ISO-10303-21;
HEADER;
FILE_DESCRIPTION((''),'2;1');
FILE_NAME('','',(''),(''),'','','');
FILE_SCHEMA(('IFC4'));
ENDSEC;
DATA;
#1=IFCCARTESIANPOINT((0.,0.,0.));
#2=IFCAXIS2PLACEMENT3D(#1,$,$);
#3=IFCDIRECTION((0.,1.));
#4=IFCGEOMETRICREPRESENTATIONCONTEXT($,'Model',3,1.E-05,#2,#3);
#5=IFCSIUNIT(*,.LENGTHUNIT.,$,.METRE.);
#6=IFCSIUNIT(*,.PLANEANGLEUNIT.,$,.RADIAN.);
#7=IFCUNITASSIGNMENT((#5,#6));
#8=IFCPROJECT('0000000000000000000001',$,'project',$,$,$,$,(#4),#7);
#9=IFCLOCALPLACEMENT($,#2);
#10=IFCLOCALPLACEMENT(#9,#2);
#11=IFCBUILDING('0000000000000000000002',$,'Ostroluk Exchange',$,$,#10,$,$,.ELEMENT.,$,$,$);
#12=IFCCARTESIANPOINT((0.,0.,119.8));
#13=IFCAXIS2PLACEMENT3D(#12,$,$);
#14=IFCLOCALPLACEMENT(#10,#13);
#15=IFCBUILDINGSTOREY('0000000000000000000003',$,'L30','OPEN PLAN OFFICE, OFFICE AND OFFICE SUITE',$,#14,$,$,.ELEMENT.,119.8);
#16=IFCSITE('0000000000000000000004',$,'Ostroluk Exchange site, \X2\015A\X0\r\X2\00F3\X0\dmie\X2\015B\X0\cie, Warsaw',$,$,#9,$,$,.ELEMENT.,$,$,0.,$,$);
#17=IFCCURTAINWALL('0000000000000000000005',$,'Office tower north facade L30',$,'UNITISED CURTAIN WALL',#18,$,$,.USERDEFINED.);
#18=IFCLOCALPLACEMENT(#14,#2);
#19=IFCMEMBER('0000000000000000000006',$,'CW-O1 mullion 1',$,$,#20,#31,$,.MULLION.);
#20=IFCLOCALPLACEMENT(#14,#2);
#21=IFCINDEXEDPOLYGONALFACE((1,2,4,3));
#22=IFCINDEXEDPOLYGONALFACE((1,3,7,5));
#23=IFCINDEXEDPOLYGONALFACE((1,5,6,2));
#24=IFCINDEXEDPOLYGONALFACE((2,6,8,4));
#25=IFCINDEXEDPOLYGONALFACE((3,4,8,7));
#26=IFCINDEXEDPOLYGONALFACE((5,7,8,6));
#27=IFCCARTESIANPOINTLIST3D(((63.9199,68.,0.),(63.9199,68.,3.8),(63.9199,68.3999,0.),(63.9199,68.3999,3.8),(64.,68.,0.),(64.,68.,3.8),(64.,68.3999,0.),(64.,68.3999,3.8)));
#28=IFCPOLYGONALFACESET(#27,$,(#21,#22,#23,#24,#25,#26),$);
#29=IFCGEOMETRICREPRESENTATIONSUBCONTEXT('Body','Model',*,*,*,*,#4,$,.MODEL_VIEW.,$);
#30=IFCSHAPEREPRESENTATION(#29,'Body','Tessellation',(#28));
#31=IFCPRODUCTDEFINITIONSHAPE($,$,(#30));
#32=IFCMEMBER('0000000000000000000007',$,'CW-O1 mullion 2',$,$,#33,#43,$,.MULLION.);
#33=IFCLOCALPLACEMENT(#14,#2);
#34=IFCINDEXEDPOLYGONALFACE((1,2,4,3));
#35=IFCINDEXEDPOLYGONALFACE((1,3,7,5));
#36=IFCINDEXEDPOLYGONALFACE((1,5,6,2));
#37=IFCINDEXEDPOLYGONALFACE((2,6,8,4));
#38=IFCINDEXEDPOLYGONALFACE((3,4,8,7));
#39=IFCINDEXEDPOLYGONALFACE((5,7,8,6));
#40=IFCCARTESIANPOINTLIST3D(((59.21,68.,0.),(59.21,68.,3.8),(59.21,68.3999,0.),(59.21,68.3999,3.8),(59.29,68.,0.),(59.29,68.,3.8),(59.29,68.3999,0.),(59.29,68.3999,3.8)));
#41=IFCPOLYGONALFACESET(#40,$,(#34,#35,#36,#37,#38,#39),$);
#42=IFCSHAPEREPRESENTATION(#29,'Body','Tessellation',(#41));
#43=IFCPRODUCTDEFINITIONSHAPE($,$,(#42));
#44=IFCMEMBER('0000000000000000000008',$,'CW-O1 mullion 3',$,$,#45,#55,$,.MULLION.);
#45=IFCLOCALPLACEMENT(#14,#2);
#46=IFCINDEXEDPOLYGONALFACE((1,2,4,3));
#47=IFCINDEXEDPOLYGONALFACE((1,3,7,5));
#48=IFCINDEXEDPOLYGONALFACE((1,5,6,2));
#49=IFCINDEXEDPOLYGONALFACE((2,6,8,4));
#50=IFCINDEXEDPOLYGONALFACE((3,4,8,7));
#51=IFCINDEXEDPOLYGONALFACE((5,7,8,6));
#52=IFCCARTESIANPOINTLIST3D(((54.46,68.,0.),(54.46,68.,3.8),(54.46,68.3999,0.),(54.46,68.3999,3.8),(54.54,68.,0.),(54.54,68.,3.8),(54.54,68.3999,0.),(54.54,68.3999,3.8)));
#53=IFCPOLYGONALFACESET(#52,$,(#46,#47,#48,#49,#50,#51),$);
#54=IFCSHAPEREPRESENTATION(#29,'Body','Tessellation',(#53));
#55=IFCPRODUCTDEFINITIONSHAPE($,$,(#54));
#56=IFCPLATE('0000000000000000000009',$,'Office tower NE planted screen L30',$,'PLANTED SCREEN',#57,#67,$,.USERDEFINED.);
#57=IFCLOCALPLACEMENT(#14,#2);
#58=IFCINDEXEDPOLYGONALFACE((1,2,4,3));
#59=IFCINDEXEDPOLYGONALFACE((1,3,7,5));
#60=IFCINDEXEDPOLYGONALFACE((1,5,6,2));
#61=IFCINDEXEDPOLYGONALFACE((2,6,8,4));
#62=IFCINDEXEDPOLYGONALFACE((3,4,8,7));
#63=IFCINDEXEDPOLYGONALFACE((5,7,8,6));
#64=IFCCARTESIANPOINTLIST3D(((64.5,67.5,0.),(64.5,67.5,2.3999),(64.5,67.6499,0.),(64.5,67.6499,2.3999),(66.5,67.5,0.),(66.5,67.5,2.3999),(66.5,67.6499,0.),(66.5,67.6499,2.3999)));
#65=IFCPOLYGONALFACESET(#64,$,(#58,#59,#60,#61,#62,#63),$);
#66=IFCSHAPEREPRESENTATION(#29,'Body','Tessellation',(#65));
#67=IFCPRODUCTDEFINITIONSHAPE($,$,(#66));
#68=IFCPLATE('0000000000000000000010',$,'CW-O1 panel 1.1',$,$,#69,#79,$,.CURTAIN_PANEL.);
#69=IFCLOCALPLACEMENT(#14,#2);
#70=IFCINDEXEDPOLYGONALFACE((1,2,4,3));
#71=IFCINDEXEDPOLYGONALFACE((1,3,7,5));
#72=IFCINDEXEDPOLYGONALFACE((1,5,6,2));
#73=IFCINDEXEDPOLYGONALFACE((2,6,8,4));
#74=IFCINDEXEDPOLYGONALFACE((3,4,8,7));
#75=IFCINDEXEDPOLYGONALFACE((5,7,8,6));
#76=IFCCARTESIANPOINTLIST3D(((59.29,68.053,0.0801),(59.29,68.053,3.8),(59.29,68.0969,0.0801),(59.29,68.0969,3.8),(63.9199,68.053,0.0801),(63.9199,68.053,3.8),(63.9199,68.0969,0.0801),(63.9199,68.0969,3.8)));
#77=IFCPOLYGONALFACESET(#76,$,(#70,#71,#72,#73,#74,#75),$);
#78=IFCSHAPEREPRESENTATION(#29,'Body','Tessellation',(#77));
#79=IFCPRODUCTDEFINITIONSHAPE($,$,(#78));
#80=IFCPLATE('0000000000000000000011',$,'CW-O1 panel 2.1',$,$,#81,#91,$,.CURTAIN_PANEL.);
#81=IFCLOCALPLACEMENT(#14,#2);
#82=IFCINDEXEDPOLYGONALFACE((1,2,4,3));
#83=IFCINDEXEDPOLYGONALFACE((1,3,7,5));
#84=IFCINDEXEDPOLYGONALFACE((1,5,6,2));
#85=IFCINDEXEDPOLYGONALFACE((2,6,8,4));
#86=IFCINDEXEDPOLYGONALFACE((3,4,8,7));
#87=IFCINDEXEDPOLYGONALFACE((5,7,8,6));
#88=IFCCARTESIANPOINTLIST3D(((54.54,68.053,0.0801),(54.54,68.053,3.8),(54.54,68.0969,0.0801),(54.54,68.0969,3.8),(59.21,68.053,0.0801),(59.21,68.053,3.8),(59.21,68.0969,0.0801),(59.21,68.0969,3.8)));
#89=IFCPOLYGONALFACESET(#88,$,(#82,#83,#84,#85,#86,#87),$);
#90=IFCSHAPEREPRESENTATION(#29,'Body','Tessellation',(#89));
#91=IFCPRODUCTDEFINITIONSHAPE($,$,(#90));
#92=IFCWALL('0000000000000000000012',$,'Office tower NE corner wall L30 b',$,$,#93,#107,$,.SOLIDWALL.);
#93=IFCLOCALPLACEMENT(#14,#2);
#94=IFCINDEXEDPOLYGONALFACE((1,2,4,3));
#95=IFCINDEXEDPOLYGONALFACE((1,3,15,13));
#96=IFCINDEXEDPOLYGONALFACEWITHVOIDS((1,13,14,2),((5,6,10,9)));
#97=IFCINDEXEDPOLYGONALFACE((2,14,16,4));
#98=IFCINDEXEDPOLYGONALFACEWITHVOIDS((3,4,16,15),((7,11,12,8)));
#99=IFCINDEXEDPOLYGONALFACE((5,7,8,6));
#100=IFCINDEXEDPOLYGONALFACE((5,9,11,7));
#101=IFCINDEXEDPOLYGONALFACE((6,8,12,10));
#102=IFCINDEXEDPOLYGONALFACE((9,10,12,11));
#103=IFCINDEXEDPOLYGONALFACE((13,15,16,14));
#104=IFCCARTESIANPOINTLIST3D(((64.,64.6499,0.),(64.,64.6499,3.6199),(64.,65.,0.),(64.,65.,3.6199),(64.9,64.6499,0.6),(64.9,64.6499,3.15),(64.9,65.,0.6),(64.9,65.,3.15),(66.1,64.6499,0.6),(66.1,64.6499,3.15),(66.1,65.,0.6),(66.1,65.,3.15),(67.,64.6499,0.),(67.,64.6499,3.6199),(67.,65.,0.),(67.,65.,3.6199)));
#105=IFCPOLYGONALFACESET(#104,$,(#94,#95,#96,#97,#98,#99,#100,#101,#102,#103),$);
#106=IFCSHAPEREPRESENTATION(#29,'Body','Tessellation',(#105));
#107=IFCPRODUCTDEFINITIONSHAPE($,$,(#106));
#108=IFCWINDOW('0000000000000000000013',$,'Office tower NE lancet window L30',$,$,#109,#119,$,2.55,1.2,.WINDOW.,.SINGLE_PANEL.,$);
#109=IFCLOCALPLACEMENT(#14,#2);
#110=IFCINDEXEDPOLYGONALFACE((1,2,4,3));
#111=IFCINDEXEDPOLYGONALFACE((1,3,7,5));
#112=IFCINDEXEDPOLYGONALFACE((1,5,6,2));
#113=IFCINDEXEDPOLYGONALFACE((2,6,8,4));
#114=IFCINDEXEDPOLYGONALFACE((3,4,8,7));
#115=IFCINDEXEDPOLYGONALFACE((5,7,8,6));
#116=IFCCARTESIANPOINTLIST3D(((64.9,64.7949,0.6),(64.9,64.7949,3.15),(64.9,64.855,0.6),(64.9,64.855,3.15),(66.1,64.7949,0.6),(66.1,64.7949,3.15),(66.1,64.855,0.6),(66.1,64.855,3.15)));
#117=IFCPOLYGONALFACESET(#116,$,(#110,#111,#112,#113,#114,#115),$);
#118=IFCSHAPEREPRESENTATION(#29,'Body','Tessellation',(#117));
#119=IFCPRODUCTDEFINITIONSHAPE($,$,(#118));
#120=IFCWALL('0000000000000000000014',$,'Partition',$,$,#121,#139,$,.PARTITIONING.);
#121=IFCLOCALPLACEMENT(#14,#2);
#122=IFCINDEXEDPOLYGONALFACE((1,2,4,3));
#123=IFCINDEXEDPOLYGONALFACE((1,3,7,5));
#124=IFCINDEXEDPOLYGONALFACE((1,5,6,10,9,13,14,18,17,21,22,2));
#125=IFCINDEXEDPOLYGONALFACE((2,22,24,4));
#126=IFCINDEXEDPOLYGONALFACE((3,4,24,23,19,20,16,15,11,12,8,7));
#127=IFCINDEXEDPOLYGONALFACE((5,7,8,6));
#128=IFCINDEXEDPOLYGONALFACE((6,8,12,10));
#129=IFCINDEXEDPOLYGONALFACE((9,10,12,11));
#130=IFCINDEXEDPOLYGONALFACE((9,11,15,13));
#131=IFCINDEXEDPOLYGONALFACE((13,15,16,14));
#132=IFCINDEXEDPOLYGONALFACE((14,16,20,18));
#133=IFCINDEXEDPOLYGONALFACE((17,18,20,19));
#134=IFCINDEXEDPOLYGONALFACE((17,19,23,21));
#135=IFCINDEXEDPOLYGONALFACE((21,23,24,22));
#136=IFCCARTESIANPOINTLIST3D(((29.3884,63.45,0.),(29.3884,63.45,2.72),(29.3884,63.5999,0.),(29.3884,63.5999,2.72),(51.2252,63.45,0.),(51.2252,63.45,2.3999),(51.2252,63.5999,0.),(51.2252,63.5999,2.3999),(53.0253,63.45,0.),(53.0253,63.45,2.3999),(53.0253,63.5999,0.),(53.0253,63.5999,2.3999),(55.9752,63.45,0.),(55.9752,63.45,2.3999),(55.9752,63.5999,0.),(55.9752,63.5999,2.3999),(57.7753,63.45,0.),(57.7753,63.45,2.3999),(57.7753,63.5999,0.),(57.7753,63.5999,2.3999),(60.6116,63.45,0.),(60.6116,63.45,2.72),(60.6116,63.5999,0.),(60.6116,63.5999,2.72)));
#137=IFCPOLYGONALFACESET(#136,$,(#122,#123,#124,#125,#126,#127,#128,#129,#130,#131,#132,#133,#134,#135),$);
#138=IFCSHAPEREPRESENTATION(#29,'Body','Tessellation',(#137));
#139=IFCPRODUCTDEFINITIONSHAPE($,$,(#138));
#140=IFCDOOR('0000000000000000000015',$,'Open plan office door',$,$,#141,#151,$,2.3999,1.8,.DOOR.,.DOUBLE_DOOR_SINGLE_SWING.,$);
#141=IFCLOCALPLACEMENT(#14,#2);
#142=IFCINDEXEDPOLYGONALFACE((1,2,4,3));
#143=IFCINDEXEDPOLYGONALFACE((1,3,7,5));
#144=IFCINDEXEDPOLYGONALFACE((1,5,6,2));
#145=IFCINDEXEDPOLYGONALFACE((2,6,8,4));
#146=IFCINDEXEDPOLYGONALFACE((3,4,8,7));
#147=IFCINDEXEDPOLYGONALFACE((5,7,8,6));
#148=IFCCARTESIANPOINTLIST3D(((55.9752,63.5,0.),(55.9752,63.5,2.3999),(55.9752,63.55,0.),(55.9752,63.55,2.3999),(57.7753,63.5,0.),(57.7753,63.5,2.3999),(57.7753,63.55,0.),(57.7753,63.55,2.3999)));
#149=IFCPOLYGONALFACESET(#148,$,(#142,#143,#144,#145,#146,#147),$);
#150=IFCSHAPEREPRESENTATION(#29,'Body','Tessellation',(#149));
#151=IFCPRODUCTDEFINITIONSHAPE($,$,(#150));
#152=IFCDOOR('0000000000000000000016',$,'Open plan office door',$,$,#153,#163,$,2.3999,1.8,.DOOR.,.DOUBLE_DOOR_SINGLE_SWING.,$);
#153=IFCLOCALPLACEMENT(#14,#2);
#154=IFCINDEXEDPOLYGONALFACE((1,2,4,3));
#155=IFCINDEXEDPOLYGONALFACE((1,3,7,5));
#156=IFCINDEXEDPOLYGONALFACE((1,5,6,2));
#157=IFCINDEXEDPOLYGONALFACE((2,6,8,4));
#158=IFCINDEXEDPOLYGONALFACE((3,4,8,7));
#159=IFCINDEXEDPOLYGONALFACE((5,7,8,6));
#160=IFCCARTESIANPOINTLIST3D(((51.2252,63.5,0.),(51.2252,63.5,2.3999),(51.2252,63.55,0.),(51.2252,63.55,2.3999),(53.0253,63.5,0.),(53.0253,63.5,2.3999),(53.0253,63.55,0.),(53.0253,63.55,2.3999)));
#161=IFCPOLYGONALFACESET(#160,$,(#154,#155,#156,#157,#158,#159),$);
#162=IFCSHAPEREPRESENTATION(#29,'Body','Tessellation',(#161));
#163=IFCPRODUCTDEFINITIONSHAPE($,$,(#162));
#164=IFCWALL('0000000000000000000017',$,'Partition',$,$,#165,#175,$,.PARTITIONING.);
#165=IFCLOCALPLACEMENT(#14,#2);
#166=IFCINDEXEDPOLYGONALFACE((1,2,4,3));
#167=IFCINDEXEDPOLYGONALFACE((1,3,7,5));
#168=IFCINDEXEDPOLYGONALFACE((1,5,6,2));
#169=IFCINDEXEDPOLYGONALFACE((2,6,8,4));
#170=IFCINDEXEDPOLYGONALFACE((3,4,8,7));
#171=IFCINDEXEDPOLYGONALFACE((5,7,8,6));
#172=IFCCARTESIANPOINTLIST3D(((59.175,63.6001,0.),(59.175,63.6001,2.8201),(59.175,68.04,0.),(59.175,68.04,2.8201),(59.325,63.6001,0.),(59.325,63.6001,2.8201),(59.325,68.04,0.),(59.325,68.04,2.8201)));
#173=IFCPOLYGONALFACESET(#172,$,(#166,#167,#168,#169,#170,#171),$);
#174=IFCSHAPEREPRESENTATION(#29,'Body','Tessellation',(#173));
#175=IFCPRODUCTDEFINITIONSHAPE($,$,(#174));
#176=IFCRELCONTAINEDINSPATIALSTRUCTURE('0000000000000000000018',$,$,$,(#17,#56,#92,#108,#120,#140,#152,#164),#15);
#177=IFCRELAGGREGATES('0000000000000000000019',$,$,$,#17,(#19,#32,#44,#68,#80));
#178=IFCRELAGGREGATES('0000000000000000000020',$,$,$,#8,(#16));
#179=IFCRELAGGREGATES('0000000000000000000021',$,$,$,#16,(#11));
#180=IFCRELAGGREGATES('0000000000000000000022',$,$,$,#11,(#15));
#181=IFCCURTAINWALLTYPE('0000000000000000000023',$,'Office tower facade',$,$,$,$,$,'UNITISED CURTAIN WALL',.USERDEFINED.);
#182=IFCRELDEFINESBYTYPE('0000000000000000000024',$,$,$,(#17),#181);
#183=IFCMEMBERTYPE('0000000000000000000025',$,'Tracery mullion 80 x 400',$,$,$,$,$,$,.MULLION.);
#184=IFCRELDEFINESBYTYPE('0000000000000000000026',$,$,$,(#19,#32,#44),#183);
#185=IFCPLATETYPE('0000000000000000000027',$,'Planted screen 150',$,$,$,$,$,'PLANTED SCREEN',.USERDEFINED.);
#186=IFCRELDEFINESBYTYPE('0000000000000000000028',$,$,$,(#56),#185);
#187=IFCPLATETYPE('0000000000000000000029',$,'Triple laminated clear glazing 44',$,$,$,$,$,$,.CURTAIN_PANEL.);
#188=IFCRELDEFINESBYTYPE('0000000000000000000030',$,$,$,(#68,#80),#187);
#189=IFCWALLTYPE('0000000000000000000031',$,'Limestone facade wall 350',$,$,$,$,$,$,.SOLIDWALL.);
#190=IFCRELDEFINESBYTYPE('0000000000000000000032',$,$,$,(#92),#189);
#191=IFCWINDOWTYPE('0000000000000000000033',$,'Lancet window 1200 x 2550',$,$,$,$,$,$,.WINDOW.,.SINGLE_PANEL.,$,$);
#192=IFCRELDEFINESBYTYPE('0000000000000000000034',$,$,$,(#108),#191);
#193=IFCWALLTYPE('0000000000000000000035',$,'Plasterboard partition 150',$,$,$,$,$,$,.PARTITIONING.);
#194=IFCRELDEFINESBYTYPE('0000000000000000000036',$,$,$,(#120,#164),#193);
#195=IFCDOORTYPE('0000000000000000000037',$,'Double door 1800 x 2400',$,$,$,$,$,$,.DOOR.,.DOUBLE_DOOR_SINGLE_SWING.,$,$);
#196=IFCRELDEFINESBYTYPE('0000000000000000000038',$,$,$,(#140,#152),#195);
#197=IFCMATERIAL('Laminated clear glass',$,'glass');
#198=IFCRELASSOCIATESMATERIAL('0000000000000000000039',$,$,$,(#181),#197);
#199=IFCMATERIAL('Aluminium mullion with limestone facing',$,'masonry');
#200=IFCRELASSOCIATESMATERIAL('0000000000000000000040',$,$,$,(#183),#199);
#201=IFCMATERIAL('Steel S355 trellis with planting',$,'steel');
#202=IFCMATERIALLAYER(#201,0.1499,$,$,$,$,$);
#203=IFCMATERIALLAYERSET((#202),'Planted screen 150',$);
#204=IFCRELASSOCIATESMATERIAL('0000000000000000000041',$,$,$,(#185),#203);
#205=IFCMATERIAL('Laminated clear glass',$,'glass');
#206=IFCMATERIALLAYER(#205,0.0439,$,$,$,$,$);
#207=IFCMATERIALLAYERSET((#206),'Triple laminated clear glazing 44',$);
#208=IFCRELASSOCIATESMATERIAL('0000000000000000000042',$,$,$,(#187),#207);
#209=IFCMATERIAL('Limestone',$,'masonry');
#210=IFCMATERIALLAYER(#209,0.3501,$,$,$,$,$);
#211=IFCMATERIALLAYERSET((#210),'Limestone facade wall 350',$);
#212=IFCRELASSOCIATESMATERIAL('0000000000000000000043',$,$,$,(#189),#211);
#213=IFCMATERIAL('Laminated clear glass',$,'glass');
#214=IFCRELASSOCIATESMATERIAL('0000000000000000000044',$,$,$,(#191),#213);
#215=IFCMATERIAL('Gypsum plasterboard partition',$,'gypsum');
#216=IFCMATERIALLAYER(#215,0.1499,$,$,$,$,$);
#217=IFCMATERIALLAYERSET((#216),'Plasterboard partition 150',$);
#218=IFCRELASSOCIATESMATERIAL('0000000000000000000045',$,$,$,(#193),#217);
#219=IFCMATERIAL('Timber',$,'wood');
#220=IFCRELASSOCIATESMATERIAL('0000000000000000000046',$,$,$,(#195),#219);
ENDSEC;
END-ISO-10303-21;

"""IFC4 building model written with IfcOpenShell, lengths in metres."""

from ifc_helpers import new_model, si_unit, direction, frame, frame_2d, origin, origin_2d, place, context, subcontext, project, spatial, rectangle, extrude, material, layer, layer_set, material_profile, profile_set, type_object, element, fill, aggregate, save


model = new_model("IFC4")

# Units and contexts
model_context = context("Model", 3, precision=1e-05, world=origin(), true_north=direction((0.0, 1.0)))
body_context = subcontext(model_context, "Body", "Model", "MODEL_VIEW")
ifc_project = project(units=[si_unit("LENGTHUNIT", "METRE"), si_unit("PLANEANGLEUNIT", "RADIAN")], contexts=[model_context])

# Site, building, storey
site_placement = place(None, origin())
site = spatial("IfcSite", under=ifc_project, at=site_placement, Name="Ostroluk Exchange site, Śródmieście, Warsaw", CompositionType="ELEMENT", RefElevation=0.0)
building_placement = place(site_placement, origin())
building = spatial("IfcBuilding", under=site, at=building_placement, Name="Ostroluk Exchange", CompositionType="ELEMENT")
storey_placement = place(building_placement, frame((0.0, 0.0, 119.8)))
storey = spatial("IfcBuildingStorey", under=building, at=storey_placement, Name="L30", Description="OPEN PLAN OFFICE, OFFICE AND OFFICE SUITE", CompositionType="ELEMENT", Elevation=119.8)

# Curtain wall, members
ifc_material_1 = material(Name="Laminated clear glass", Category="glass")
curtain_wall_type = type_object("IfcCurtainWallType", Name="Office tower facade", ElementType="UNITISED CURTAIN WALL", PredefinedType="USERDEFINED", material=ifc_material_1)
curtain_wall_placement = place(storey_placement, origin())
curtain_wall = element("IfcCurtainWall", 1, at=curtain_wall_placement, inside=storey, type_object=curtain_wall_type, Name="Office tower north facade L30", ObjectType="UNITISED CURTAIN WALL", PredefinedType="USERDEFINED")
ifc_material_2 = material(Name="Aluminium mullion with limestone facing", Category="masonry")
ifc_material_profile_1 = material_profile(ifc_material_2, rectangle(XDim=0.3999, YDim=0.0801, at=origin_2d()), Name="Tracery mullion 80 x 400")
ifc_profile_set_1 = profile_set([ifc_material_profile_1], Name="Aluminium mullion with limestone facing")
member_type_1 = type_object("IfcMemberType", Name="Tracery mullion 80 x 400", PredefinedType="MULLION", material=ifc_profile_set_1)
member_1_placement = place(storey_placement, frame((63.96, 68.2, 0.0), z_axis=(0.0, 0.0, 1.0), x_axis=(0.0, -1.0, 0.0)))
member_1 = element("IfcMember", 2, at=member_1_placement, type_object=member_type_1, Name="CW-O1 mullion 1", PredefinedType="MULLION", context=body_context, shape_type="SweptSolid", body=[
    extrude(rectangle(XDim=0.3999, YDim=0.0801, at=origin_2d()), origin(), (0.0, 0.0, 1.0), 3.8),
])
member_2_placement = place(storey_placement, frame((59.25, 68.2, 0.0), z_axis=(0.0, 0.0, 1.0), x_axis=(0.0, -1.0, 0.0)))
member_2 = element("IfcMember", 3, at=member_2_placement, type_object=member_type_1, Name="CW-O1 mullion 2", PredefinedType="MULLION", context=body_context, shape_type="SweptSolid", body=[
    extrude(rectangle(XDim=0.3999, YDim=0.0801, at=origin_2d()), origin(), (0.0, 0.0, 1.0), 3.8),
])
member_3_placement = place(storey_placement, frame((54.5, 68.2, 0.0), z_axis=(0.0, 0.0, 1.0), x_axis=(0.0, -1.0, 0.0)))
member_3 = element("IfcMember", 4, at=member_3_placement, type_object=member_type_1, Name="CW-O1 mullion 3", PredefinedType="MULLION", context=body_context, shape_type="SweptSolid", body=[
    extrude(rectangle(XDim=0.3999, YDim=0.0801, at=origin_2d()), origin(), (0.0, 0.0, 1.0), 3.8),
])

# Plates
ifc_material_3 = material(Name="Steel S355 trellis with planting", Category="steel")
ifc_layer_1 = layer(ifc_material_3, 0.1499)
ifc_layer_set_1 = layer_set([ifc_layer_1], Name="Planted screen 150")
plate_type_1 = type_object("IfcPlateType", Name="Planted screen 150", ElementType="PLANTED SCREEN", PredefinedType="USERDEFINED", material=ifc_layer_set_1)
plate_1_placement = place(storey_placement, frame((65.5, 67.575, 0.0), z_axis=(0.0, 0.0, 1.0), x_axis=(1.0, 0.0, 0.0)))
element("IfcPlate", 5, at=plate_1_placement, inside=storey, type_object=plate_type_1, Name="Office tower NE planted screen L30", ObjectType="PLANTED SCREEN", PredefinedType="USERDEFINED", context=body_context, shape_type="SweptSolid", body=[
    extrude(rectangle(XDim=2.0, YDim=0.1499, at=origin_2d()), origin(), (0.0, 0.0, 1.0), 2.3999),
])
ifc_material_4 = material(Name="Laminated clear glass", Category="glass")
ifc_layer_2 = layer(ifc_material_4, 0.0439)
ifc_layer_set_2 = layer_set([ifc_layer_2], Name="Triple laminated clear glazing 44")
plate_type_2 = type_object("IfcPlateType", Name="Triple laminated clear glazing 44", PredefinedType="CURTAIN_PANEL", material=ifc_layer_set_2)
plate_2_placement = place(storey_placement, frame((61.605, 68.075, 0.0801), z_axis=(0.0, 0.0, 1.0), x_axis=(-1.0, 0.0, 0.0)))
plate_2 = element("IfcPlate", 6, at=plate_2_placement, type_object=plate_type_2, Name="CW-O1 panel 1.1", PredefinedType="CURTAIN_PANEL", context=body_context, shape_type="SweptSolid", body=[
    extrude(rectangle(XDim=4.6299, YDim=0.0439, at=origin_2d()), origin(), (0.0, 0.0, 1.0), 3.72),
])
plate_3_placement = place(storey_placement, frame((56.875, 68.075, 0.0801), z_axis=(0.0, 0.0, 1.0), x_axis=(-1.0, 0.0, 0.0)))
plate_3 = element("IfcPlate", 7, at=plate_3_placement, type_object=plate_type_2, Name="CW-O1 panel 2.1", PredefinedType="CURTAIN_PANEL", context=body_context, shape_type="SweptSolid", body=[
    extrude(rectangle(XDim=4.6699, YDim=0.0439, at=origin_2d()), origin(), (0.0, 0.0, 1.0), 3.72),
])
aggregate(curtain_wall, [member_1, member_2, member_3, plate_2, plate_3])

# Shared definitions
ifc_material_5 = material(Name="Limestone", Category="masonry")
ifc_layer_3 = layer(ifc_material_5, 0.3501)
ifc_layer_set_3 = layer_set([ifc_layer_3], Name="Limestone facade wall 350")
wall_type_1 = type_object("IfcWallType", Name="Limestone facade wall 350", PredefinedType="SOLIDWALL", material=ifc_layer_set_3)

# Wall, opening, window
wall_1_placement = place(storey_placement, frame((64.0, 64.825, 0.0), z_axis=(0.0, 0.0, 1.0), x_axis=(1.0, 0.0, 0.0)))
wall_1 = element("IfcWall", 8, at=wall_1_placement, inside=storey, type_object=wall_type_1, Name="Office tower NE corner wall L30 b", PredefinedType="SOLIDWALL", context=body_context, shape_type="SweptSolid", body=[
    extrude(rectangle(XDim=3.0, YDim=0.3501, at=frame_2d((1.5, 0.0))), origin(), (0.0, 0.0, 1.0), 3.6199),
])
opening_1_placement = place(wall_1_placement, frame((0.8999, 0.0, 0.6001)))
opening_1 = element("IfcOpeningElement", 9, at=opening_1_placement, cuts=wall_1, PredefinedType="OPENING", context=body_context, shape_type="SweptSolid", body=[
    extrude(rectangle(XDim=1.2, YDim=2.55, at=frame_2d((0.6001, 1.2749))), frame((0.0, 0.1851, 0.0), z_axis=(0.0, -1.0, 0.0), x_axis=(1.0, 0.0, 0.0)), (0.0, 0.0, 1.0), 0.3701),
])
ifc_material_6 = material(Name="Laminated clear glass", Category="glass")
window_type = type_object("IfcWindowType", Name="Lancet window 1200 x 2550", PartitioningType="SINGLE_PANEL", PredefinedType="WINDOW", material=ifc_material_6)
window_placement = place(opening_1_placement, origin())
window = element("IfcWindow", 10, at=window_placement, inside=storey, type_object=window_type, Name="Office tower NE lancet window L30", OverallHeight=2.55, OverallWidth=1.2, PartitioningType="SINGLE_PANEL", PredefinedType="WINDOW", context=body_context, shape_type="SweptSolid", body=[
    extrude(rectangle(XDim=1.2, YDim=2.55, at=frame_2d((0.6001, 1.2749))), frame((0.0, 0.03, 0.0), z_axis=(0.0, -1.0, 0.0), x_axis=(1.0, 0.0, 0.0)), (0.0, 0.0, 1.0), 0.0601),
])
fill(opening_1, window)

# Wall, openings, doors
ifc_material_7 = material(Name="Gypsum plasterboard partition", Category="gypsum")
ifc_layer_4 = layer(ifc_material_7, 0.1499)
ifc_layer_set_4 = layer_set([ifc_layer_4], Name="Plasterboard partition 150")
wall_type_2 = type_object("IfcWallType", Name="Plasterboard partition 150", PredefinedType="PARTITIONING", material=ifc_layer_set_4)
wall_2_placement = place(storey_placement, frame((60.6116, 63.5249, 0.0), z_axis=(0.0, 0.0, 1.0), x_axis=(-1.0, 0.0, 0.0)))
wall_2 = element("IfcWall", 11, at=wall_2_placement, inside=storey, type_object=wall_type_2, Name="Partition", PredefinedType="PARTITIONING", context=body_context, shape_type="SweptSolid", body=[
    extrude(rectangle(XDim=31.2231, YDim=0.1499, at=frame_2d((15.6116, 0.0))), origin(), (0.0, 0.0, 1.0), 2.72),
])
opening_2_placement = place(wall_2_placement, frame((2.8364, 0.0, 0.0)))
opening_2 = element("IfcOpeningElement", 12, at=opening_2_placement, cuts=wall_2, PredefinedType="OPENING", context=body_context, shape_type="SweptSolid", body=[
    extrude(rectangle(XDim=1.8, YDim=2.3999, at=frame_2d((0.8999, 1.2))), frame((0.0, 0.085, 0.0), z_axis=(0.0, -1.0, 0.0), x_axis=(1.0, 0.0, 0.0)), (0.0, 0.0, 1.0), 0.1699),
])
opening_3_placement = place(wall_2_placement, frame((7.5864, 0.0, 0.0)))
opening_3 = element("IfcOpeningElement", 13, at=opening_3_placement, cuts=wall_2, PredefinedType="OPENING", context=body_context, shape_type="SweptSolid", body=[
    extrude(rectangle(XDim=1.8, YDim=2.3999, at=frame_2d((0.8999, 1.2))), frame((0.0, 0.085, 0.0), z_axis=(0.0, -1.0, 0.0), x_axis=(1.0, 0.0, 0.0)), (0.0, 0.0, 1.0), 0.1699),
])
ifc_material_8 = material(Name="Timber", Category="wood")
door_type_1 = type_object("IfcDoorType", Name="Double door 1800 x 2400", OperationType="DOUBLE_DOOR_SINGLE_SWING", PredefinedType="DOOR", material=ifc_material_8)
door_1_placement = place(opening_2_placement, origin())
door_1 = element("IfcDoor", 14, at=door_1_placement, inside=storey, type_object=door_type_1, Name="Open plan office door", OperationType="DOUBLE_DOOR_SINGLE_SWING", OverallHeight=2.3999, OverallWidth=1.8, PredefinedType="DOOR", context=body_context, shape_type="SweptSolid", body=[
    extrude(rectangle(XDim=1.8, YDim=2.3999, at=frame_2d((0.8999, 1.2))), frame((0.0, 0.0249, 0.0), z_axis=(0.0, -1.0, 0.0), x_axis=(1.0, 0.0, 0.0)), (0.0, 0.0, 1.0), 0.05),
])
fill(opening_2, door_1)
door_2_placement = place(opening_3_placement, origin())
door_2 = element("IfcDoor", 15, at=door_2_placement, inside=storey, type_object=door_type_1, Name="Open plan office door", OperationType="DOUBLE_DOOR_SINGLE_SWING", OverallHeight=2.3999, OverallWidth=1.8, PredefinedType="DOOR", context=body_context, shape_type="SweptSolid", body=[
    extrude(rectangle(XDim=1.8, YDim=2.3999, at=frame_2d((0.8999, 1.2))), frame((0.0, 0.0249, 0.0), z_axis=(0.0, -1.0, 0.0), x_axis=(1.0, 0.0, 0.0)), (0.0, 0.0, 1.0), 0.05),
])
fill(opening_3, door_2)

# Wall
wall_3_placement = place(storey_placement, frame((59.25, 63.6001, 0.0), z_axis=(0.0, 0.0, 1.0), x_axis=(0.0, 1.0, 0.0)))
element("IfcWall", 16, at=wall_3_placement, inside=storey, type_object=wall_type_2, Name="Partition", PredefinedType="PARTITIONING", context=body_context, shape_type="SweptSolid", body=[
    extrude(rectangle(XDim=4.4399, YDim=0.1499, at=frame_2d((2.22, 0.0))), origin(), (0.0, 0.0, 1.0), 2.8201),
])

save(model, "model.ifc")
